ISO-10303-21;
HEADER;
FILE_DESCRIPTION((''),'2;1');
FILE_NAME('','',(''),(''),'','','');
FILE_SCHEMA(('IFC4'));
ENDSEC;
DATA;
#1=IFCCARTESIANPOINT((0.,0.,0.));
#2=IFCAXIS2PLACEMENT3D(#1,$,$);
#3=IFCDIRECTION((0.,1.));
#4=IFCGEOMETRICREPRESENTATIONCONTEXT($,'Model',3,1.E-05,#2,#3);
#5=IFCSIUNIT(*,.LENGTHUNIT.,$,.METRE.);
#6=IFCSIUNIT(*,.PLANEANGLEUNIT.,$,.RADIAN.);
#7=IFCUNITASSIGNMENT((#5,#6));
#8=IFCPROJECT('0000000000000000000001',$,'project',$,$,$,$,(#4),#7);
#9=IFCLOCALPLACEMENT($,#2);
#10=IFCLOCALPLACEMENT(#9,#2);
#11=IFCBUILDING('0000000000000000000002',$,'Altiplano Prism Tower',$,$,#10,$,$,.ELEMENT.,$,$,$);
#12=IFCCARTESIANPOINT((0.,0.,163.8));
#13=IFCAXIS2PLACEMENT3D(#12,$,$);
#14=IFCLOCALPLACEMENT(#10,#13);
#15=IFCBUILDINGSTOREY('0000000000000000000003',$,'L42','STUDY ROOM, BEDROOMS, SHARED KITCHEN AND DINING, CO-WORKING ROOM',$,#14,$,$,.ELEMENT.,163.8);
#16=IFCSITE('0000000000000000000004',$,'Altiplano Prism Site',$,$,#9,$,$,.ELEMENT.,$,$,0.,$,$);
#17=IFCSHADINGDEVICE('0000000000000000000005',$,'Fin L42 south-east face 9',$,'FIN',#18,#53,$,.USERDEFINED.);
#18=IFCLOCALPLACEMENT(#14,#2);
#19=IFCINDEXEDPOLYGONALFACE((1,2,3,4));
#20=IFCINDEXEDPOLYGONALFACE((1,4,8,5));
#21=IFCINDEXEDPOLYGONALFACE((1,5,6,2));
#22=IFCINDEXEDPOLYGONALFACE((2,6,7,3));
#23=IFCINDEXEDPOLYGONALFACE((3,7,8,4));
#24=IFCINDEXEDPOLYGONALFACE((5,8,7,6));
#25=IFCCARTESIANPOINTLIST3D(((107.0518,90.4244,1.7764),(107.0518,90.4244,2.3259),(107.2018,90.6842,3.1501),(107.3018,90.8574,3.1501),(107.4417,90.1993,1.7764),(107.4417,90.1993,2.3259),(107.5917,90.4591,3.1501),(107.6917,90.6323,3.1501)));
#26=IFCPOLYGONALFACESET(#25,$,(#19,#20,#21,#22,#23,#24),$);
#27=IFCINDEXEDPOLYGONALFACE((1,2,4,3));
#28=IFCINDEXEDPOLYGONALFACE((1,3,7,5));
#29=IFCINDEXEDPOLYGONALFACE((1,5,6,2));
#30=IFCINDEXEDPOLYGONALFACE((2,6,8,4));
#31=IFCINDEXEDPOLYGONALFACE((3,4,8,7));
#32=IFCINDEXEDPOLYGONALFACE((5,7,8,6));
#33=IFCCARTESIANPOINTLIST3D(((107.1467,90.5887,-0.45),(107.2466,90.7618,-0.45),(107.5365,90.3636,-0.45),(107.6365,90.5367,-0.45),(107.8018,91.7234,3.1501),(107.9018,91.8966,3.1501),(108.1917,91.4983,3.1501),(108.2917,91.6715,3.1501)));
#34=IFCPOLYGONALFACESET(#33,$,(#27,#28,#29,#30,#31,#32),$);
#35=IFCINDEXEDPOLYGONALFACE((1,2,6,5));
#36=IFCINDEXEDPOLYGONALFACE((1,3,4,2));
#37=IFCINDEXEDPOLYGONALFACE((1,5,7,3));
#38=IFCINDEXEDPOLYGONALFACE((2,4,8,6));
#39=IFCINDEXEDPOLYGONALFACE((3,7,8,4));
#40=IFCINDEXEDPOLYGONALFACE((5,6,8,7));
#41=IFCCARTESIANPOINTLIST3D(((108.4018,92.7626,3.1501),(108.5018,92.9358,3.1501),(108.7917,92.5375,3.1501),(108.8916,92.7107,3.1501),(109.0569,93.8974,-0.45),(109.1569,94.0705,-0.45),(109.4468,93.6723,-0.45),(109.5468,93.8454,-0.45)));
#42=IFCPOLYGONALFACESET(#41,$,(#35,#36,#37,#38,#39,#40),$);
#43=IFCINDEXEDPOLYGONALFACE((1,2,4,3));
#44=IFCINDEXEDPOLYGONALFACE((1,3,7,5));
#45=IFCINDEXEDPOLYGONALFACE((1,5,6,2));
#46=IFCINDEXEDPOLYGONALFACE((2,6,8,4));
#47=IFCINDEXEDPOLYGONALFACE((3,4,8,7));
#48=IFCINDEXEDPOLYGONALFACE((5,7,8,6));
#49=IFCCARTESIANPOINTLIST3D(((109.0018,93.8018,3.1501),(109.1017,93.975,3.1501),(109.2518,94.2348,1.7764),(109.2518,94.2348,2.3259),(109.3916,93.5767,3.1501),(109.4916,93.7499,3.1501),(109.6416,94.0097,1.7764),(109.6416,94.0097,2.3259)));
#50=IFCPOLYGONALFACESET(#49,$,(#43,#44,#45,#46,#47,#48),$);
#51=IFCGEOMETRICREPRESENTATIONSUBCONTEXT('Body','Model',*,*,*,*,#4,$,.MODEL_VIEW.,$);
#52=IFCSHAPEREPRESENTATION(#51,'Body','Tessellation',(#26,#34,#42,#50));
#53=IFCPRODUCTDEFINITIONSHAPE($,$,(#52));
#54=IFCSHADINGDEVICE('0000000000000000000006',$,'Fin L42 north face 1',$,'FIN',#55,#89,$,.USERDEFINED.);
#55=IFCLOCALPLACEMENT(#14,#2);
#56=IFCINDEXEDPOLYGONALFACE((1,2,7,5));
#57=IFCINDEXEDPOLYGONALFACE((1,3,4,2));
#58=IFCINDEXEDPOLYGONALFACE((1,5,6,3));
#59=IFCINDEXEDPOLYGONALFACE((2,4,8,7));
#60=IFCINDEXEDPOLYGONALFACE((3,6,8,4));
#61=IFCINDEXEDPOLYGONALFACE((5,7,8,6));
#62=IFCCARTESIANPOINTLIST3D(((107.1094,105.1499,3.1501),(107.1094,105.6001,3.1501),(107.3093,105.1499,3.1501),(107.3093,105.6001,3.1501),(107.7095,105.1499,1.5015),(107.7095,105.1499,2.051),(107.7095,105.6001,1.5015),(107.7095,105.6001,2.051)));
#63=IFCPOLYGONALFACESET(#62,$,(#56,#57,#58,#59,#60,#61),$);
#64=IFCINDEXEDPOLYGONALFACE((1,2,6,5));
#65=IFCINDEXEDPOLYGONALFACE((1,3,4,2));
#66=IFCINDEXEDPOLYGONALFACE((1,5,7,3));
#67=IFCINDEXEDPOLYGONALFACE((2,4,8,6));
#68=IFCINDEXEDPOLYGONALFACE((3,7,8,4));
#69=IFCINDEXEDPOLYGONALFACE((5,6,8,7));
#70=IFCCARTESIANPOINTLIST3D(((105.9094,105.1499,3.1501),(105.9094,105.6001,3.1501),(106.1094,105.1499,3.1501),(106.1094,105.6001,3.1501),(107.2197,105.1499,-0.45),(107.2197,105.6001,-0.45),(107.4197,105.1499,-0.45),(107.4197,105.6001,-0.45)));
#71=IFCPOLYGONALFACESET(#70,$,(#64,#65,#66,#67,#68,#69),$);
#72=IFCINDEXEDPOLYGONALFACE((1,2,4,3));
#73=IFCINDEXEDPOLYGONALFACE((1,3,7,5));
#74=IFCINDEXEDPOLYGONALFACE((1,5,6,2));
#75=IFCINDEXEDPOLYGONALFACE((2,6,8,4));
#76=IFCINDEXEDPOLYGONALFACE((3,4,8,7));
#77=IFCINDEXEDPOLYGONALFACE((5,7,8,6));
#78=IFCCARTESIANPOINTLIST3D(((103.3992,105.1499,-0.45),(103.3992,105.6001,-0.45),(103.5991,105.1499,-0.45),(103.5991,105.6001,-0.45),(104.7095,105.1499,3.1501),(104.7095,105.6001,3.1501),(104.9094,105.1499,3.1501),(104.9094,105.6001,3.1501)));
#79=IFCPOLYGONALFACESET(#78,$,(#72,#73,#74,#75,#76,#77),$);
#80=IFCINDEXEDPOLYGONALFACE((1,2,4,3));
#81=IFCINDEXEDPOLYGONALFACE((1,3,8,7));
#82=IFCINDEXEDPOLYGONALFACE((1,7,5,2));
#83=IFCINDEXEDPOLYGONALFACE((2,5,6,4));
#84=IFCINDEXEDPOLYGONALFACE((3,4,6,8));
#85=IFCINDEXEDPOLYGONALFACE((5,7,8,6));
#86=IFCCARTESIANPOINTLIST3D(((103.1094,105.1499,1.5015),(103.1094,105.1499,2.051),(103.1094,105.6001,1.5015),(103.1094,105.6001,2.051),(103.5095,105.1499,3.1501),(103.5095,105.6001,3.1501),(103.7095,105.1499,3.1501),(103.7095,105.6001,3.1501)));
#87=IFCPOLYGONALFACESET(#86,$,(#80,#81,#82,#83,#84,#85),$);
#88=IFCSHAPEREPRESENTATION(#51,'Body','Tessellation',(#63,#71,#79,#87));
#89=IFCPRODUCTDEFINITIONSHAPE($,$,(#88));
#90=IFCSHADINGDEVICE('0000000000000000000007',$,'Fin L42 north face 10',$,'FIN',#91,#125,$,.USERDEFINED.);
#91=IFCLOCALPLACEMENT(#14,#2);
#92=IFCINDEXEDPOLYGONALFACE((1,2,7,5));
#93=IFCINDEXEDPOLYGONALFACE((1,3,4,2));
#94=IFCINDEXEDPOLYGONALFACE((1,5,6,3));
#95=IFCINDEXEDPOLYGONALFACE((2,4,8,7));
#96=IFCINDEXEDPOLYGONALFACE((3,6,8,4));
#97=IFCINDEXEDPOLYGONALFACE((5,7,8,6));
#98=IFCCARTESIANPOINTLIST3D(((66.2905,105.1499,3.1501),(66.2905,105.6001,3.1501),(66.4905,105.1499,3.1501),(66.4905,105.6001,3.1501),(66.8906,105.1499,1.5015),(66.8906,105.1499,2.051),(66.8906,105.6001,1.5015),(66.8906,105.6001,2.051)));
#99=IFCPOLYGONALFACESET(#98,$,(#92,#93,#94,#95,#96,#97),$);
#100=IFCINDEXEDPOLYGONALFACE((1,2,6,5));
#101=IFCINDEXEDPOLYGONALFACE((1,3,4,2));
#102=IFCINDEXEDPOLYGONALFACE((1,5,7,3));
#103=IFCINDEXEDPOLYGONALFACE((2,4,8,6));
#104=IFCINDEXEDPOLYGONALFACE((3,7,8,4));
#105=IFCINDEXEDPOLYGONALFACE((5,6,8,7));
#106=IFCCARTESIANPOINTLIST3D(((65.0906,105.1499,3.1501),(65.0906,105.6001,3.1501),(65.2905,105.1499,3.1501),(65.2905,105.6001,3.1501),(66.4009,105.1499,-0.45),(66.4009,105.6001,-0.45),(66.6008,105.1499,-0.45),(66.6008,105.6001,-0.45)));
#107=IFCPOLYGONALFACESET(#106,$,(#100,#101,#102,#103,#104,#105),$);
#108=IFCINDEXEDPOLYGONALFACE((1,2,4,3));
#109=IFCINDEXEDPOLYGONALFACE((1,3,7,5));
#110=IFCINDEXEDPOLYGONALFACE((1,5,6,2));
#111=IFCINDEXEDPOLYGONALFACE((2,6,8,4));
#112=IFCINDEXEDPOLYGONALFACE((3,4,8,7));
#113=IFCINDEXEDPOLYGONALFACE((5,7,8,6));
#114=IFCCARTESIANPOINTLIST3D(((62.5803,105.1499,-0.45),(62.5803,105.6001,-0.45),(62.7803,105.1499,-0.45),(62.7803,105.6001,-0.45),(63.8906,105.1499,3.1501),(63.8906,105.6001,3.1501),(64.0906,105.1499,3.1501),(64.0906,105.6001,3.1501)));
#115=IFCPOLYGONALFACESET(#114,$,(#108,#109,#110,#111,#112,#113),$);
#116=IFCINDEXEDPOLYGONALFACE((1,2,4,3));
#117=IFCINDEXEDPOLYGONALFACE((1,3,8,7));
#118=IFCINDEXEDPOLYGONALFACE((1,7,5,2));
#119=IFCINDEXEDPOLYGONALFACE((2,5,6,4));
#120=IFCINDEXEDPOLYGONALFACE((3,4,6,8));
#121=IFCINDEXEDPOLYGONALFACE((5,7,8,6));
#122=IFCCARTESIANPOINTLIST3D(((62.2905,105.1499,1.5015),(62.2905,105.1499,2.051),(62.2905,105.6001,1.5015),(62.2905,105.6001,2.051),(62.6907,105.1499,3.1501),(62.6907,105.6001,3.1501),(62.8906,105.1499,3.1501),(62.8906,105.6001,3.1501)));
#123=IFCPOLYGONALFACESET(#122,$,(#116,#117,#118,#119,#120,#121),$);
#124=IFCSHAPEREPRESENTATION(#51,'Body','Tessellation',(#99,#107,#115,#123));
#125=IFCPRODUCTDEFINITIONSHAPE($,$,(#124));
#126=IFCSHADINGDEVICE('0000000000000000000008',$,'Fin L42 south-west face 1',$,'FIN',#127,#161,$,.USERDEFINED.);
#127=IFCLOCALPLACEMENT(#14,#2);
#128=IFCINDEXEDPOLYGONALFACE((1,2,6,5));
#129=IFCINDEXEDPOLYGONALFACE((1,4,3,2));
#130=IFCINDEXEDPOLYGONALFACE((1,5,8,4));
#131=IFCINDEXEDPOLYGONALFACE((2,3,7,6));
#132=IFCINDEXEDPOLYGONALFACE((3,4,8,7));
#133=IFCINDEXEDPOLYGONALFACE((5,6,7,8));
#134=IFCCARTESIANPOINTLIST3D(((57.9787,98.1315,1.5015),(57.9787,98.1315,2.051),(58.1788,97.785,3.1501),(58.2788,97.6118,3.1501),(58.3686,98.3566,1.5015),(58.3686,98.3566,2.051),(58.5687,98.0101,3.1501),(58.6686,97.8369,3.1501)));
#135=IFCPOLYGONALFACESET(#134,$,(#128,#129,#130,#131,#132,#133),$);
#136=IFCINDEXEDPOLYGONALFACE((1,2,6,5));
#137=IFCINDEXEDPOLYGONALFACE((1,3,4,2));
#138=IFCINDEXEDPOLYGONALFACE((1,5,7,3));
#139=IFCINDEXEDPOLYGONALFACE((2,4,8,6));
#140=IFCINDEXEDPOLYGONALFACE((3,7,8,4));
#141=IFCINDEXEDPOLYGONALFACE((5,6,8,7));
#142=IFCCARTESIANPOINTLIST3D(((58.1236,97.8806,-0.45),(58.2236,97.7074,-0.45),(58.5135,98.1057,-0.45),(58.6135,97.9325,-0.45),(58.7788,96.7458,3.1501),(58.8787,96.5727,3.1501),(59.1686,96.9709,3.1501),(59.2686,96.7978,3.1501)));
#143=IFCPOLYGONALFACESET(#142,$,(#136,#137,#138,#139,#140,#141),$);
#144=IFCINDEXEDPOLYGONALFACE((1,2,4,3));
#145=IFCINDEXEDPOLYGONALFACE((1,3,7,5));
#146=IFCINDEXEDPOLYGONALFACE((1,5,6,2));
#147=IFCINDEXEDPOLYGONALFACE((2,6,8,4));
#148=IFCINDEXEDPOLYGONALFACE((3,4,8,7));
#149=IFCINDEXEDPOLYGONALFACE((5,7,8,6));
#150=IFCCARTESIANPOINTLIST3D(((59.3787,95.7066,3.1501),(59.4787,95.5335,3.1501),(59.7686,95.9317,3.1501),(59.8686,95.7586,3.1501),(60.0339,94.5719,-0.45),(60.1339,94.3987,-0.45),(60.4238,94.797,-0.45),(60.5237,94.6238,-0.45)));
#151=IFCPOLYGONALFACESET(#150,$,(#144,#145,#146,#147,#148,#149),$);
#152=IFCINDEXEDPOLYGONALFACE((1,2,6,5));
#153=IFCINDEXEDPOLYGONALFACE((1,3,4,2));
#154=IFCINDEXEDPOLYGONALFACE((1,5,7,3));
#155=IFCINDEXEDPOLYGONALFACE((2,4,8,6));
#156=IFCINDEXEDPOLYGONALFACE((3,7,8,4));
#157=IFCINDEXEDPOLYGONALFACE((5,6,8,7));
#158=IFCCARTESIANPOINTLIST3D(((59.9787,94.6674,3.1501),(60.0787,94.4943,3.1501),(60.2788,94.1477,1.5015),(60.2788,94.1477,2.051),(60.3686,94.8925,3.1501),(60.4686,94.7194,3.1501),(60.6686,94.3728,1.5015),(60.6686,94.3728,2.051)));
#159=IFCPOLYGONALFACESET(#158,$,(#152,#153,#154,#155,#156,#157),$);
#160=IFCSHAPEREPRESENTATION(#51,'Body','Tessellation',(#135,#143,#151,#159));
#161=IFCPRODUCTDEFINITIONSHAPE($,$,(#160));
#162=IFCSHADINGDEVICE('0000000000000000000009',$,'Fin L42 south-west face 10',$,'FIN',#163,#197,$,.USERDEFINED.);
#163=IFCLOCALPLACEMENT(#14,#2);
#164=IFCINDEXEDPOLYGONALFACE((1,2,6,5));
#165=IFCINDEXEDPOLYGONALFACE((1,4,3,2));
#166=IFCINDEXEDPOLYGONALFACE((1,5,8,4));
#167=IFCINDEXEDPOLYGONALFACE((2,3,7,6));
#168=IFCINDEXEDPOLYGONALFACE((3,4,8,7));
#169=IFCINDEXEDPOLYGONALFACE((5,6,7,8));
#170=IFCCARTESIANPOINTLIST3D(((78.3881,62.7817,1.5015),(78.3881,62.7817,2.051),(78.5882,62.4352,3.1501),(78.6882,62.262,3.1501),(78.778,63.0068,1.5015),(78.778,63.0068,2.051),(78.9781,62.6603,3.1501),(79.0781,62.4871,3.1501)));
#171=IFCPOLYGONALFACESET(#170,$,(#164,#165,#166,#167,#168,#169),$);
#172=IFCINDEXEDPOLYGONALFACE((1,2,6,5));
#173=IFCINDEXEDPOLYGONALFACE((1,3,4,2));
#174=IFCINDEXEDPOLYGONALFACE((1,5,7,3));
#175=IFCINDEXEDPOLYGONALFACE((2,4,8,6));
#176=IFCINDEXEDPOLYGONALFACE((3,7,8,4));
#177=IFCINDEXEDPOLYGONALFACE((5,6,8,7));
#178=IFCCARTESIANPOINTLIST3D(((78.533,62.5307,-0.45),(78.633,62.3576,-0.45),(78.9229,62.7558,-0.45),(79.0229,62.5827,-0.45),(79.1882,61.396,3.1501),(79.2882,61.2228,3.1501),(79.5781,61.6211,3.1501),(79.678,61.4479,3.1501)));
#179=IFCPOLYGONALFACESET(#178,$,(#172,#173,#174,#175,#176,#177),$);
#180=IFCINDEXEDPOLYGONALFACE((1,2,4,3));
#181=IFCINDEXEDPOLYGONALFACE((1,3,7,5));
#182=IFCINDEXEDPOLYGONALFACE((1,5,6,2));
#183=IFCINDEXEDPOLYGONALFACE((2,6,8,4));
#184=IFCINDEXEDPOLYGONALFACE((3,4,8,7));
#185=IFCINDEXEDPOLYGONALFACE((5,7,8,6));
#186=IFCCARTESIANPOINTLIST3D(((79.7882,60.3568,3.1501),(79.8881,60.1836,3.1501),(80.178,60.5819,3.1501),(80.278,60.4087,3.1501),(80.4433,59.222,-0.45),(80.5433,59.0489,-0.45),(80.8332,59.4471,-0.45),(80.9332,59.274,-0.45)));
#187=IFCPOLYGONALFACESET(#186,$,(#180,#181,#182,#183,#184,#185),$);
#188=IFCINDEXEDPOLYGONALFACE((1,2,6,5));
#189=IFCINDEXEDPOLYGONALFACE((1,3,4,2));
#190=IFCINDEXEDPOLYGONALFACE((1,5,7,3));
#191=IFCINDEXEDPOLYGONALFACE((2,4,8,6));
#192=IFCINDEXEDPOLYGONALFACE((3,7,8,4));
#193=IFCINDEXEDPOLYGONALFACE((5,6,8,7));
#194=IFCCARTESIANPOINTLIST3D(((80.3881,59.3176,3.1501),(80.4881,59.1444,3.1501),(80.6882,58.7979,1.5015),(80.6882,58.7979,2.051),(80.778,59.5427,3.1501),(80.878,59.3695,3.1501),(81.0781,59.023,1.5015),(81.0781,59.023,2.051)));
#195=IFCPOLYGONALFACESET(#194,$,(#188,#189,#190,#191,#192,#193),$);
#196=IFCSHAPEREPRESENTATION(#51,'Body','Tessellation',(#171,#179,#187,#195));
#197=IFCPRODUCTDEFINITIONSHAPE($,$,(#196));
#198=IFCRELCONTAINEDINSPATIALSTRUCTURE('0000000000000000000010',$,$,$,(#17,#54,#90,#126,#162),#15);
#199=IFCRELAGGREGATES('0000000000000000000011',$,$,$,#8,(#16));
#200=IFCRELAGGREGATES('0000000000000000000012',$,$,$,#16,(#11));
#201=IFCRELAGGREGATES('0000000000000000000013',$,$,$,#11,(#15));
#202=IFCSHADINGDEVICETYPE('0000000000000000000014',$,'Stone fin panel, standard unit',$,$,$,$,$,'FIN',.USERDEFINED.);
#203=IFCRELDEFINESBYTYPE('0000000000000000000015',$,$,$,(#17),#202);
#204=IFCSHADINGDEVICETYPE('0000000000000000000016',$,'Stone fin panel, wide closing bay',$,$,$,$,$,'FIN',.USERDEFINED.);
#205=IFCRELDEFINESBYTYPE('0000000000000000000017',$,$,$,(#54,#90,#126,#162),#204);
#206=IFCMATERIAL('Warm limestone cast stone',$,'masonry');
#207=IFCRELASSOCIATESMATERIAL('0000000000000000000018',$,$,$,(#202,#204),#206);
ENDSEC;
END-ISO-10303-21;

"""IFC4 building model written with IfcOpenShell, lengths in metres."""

from ifc_helpers import new_model, si_unit, direction, frame, origin, place, context, subcontext, project, spatial, polyline, outline, extrude, source, transform, mapped, material, type_object, element, save


model = new_model("IFC4")

# Units and contexts
model_context = context("Model", 3, precision=1e-05, world=origin(), true_north=direction((0.0, 1.0)))
body_context = subcontext(model_context, "Body", "Model", "MODEL_VIEW")
ifc_project = project(units=[si_unit("LENGTHUNIT", "METRE"), si_unit("PLANEANGLEUNIT", "RADIAN")], contexts=[model_context])

# Site, building, storey
site_placement = place(None, origin())
site = spatial("IfcSite", under=ifc_project, at=site_placement, Name="Altiplano Prism Site", CompositionType="ELEMENT", RefElevation=0.0)
building_placement = place(site_placement, origin())
building = spatial("IfcBuilding", under=site, at=building_placement, Name="Altiplano Prism Tower", CompositionType="ELEMENT")
storey_placement = place(building_placement, frame((0.0, 0.0, 163.8)))
storey = spatial("IfcBuildingStorey", under=building, at=storey_placement, Name="L42", Description="STUDY ROOM, BEDROOMS, SHARED KITCHEN AND DINING, CO-WORKING ROOM", CompositionType="ELEMENT", Elevation=163.8)

# Shading devices
ifc_material_1 = material(Name="Warm limestone cast stone", Category="masonry")
shading_device_type_1 = type_object("IfcShadingDeviceType", Name="Stone fin panel, standard unit", ElementType="FIN", PredefinedType="USERDEFINED", material=ifc_material_1)
shared_shape_1 = source(origin(), body_context, "Body", "SweptSolid", [
    extrude(outline(polyline([(-2.2, 2.2263), (-1.7, 3.6001), (-1.8999, 3.6001), (-2.2, 2.7759), (-2.2, 2.2263)])), frame((0.0, -0.1499, 0.0), z_axis=(0.0, -1.0, 0.0), x_axis=(1.0, 0.0, 0.0)), (0.0, 0.0, 1.0), 0.4502),
    extrude(outline(polyline([(-2.0103, 0.0), (-1.8103, 0.0), (-0.5, 3.6001), (-0.7, 3.6001), (-2.0103, 0.0)])), frame((0.0, -0.1499, 0.0), z_axis=(0.0, -1.0, 0.0), x_axis=(1.0, 0.0, 0.0)), (0.0, 0.0, 1.0), 0.4502),
    extrude(outline(polyline([(1.8103, 0.0), (2.0103, 0.0), (0.7, 3.6001), (0.5, 3.6001), (1.8103, 0.0)])), frame((0.0, -0.1499, 0.0), z_axis=(0.0, -1.0, 0.0), x_axis=(1.0, 0.0, 0.0)), (0.0, 0.0, 1.0), 0.4502),
    extrude(outline(polyline([(2.2, 2.7759), (1.8999, 3.6001), (1.7, 3.6001), (2.2, 2.2263), (2.2, 2.7759)])), frame((0.0, -0.1499, 0.0), z_axis=(0.0, -1.0, 0.0), x_axis=(1.0, 0.0, 0.0)), (0.0, 0.0, 1.0), 0.4502),
])
shading_device_1_placement = place(storey_placement, origin())
element("IfcShadingDevice", 1, at=shading_device_1_placement, inside=storey, type_object=shading_device_type_1, Name="Fin L42 south-east face 9", ObjectType="FIN", PredefinedType="USERDEFINED", context=body_context, shape_type="MappedRepresentation", body=[
    mapped(shared_shape_1, transform((108.022, 92.4045, -0.45), x_axis=(0.5, 0.866025, 0.0), y_axis=(-0.866025, 0.5, 0.0), z_axis=(0.0, 0.0, 1.0))),
])
shading_device_type_2 = type_object("IfcShadingDeviceType", Name="Stone fin panel, wide closing bay", ElementType="FIN", PredefinedType="USERDEFINED", material=ifc_material_1)
shared_shape_2 = source(origin(), body_context, "Body", "SweptSolid", [
    extrude(outline(polyline([(-2.3, 1.9514), (-1.7, 3.6001), (-1.8999, 3.6001), (-2.3, 2.501), (-2.3, 1.9514)])), frame((0.0, -0.1499, 0.0), z_axis=(0.0, -1.0, 0.0), x_axis=(1.0, 0.0, 0.0)), (0.0, 0.0, 1.0), 0.4502),
    extrude(outline(polyline([(-2.0103, 0.0), (-1.8103, 0.0), (-0.5, 3.6001), (-0.7, 3.6001), (-2.0103, 0.0)])), frame((0.0, -0.1499, 0.0), z_axis=(0.0, -1.0, 0.0), x_axis=(1.0, 0.0, 0.0)), (0.0, 0.0, 1.0), 0.4502),
    extrude(outline(polyline([(1.8103, 0.0), (2.0103, 0.0), (0.7, 3.6001), (0.5, 3.6001), (1.8103, 0.0)])), frame((0.0, -0.1499, 0.0), z_axis=(0.0, -1.0, 0.0), x_axis=(1.0, 0.0, 0.0)), (0.0, 0.0, 1.0), 0.4502),
    extrude(outline(polyline([(2.3, 2.501), (1.8999, 3.6001), (1.7, 3.6001), (2.3, 1.9514), (2.3, 2.501)])), frame((0.0, -0.1499, 0.0), z_axis=(0.0, -1.0, 0.0), x_axis=(1.0, 0.0, 0.0)), (0.0, 0.0, 1.0), 0.4502),
])
shading_device_2_placement = place(storey_placement, origin())
element("IfcShadingDevice", 2, at=shading_device_2_placement, inside=storey, type_object=shading_device_type_2, Name="Fin L42 north face 1", ObjectType="FIN", PredefinedType="USERDEFINED", context=body_context, shape_type="MappedRepresentation", body=[
    mapped(shared_shape_2, transform((105.4094, 105.0, -0.45), x_axis=(-1.0, 0.0, 0.0), y_axis=(0.0, -1.0, 0.0), z_axis=(0.0, 0.0, 1.0))),
])
shading_device_3_placement = place(storey_placement, origin())
element("IfcShadingDevice", 3, at=shading_device_3_placement, inside=storey, type_object=shading_device_type_2, Name="Fin L42 north face 10", ObjectType="FIN", PredefinedType="USERDEFINED", context=body_context, shape_type="MappedRepresentation", body=[
    mapped(shared_shape_2, transform((64.5906, 105.0, -0.45), x_axis=(-1.0, 0.0, 0.0), y_axis=(0.0, -1.0, 0.0), z_axis=(0.0, 0.0, 1.0))),
])
shading_device_4_placement = place(storey_placement, origin())
element("IfcShadingDevice", 4, at=shading_device_4_placement, inside=storey, type_object=shading_device_type_2, Name="Fin L42 south-west face 1", ObjectType="FIN", PredefinedType="USERDEFINED", context=body_context, shape_type="MappedRepresentation", body=[
    mapped(shared_shape_2, transform((59.6484, 96.4397, -0.45), x_axis=(0.5, -0.866025, 0.0), y_axis=(0.866025, 0.5, 0.0), z_axis=(0.0, 0.0, 1.0))),
])
shading_device_5_placement = place(storey_placement, origin())
element("IfcShadingDevice", 5, at=shading_device_5_placement, inside=storey, type_object=shading_device_type_2, Name="Fin L42 south-west face 10", ObjectType="FIN", PredefinedType="USERDEFINED", context=body_context, shape_type="MappedRepresentation", body=[
    mapped(shared_shape_2, transform((80.0579, 61.0898, -0.45), x_axis=(0.5, -0.866025, 0.0), y_axis=(0.866025, 0.5, 0.0), z_axis=(0.0, 0.0, 1.0))),
])

save(model, "model.ifc")
